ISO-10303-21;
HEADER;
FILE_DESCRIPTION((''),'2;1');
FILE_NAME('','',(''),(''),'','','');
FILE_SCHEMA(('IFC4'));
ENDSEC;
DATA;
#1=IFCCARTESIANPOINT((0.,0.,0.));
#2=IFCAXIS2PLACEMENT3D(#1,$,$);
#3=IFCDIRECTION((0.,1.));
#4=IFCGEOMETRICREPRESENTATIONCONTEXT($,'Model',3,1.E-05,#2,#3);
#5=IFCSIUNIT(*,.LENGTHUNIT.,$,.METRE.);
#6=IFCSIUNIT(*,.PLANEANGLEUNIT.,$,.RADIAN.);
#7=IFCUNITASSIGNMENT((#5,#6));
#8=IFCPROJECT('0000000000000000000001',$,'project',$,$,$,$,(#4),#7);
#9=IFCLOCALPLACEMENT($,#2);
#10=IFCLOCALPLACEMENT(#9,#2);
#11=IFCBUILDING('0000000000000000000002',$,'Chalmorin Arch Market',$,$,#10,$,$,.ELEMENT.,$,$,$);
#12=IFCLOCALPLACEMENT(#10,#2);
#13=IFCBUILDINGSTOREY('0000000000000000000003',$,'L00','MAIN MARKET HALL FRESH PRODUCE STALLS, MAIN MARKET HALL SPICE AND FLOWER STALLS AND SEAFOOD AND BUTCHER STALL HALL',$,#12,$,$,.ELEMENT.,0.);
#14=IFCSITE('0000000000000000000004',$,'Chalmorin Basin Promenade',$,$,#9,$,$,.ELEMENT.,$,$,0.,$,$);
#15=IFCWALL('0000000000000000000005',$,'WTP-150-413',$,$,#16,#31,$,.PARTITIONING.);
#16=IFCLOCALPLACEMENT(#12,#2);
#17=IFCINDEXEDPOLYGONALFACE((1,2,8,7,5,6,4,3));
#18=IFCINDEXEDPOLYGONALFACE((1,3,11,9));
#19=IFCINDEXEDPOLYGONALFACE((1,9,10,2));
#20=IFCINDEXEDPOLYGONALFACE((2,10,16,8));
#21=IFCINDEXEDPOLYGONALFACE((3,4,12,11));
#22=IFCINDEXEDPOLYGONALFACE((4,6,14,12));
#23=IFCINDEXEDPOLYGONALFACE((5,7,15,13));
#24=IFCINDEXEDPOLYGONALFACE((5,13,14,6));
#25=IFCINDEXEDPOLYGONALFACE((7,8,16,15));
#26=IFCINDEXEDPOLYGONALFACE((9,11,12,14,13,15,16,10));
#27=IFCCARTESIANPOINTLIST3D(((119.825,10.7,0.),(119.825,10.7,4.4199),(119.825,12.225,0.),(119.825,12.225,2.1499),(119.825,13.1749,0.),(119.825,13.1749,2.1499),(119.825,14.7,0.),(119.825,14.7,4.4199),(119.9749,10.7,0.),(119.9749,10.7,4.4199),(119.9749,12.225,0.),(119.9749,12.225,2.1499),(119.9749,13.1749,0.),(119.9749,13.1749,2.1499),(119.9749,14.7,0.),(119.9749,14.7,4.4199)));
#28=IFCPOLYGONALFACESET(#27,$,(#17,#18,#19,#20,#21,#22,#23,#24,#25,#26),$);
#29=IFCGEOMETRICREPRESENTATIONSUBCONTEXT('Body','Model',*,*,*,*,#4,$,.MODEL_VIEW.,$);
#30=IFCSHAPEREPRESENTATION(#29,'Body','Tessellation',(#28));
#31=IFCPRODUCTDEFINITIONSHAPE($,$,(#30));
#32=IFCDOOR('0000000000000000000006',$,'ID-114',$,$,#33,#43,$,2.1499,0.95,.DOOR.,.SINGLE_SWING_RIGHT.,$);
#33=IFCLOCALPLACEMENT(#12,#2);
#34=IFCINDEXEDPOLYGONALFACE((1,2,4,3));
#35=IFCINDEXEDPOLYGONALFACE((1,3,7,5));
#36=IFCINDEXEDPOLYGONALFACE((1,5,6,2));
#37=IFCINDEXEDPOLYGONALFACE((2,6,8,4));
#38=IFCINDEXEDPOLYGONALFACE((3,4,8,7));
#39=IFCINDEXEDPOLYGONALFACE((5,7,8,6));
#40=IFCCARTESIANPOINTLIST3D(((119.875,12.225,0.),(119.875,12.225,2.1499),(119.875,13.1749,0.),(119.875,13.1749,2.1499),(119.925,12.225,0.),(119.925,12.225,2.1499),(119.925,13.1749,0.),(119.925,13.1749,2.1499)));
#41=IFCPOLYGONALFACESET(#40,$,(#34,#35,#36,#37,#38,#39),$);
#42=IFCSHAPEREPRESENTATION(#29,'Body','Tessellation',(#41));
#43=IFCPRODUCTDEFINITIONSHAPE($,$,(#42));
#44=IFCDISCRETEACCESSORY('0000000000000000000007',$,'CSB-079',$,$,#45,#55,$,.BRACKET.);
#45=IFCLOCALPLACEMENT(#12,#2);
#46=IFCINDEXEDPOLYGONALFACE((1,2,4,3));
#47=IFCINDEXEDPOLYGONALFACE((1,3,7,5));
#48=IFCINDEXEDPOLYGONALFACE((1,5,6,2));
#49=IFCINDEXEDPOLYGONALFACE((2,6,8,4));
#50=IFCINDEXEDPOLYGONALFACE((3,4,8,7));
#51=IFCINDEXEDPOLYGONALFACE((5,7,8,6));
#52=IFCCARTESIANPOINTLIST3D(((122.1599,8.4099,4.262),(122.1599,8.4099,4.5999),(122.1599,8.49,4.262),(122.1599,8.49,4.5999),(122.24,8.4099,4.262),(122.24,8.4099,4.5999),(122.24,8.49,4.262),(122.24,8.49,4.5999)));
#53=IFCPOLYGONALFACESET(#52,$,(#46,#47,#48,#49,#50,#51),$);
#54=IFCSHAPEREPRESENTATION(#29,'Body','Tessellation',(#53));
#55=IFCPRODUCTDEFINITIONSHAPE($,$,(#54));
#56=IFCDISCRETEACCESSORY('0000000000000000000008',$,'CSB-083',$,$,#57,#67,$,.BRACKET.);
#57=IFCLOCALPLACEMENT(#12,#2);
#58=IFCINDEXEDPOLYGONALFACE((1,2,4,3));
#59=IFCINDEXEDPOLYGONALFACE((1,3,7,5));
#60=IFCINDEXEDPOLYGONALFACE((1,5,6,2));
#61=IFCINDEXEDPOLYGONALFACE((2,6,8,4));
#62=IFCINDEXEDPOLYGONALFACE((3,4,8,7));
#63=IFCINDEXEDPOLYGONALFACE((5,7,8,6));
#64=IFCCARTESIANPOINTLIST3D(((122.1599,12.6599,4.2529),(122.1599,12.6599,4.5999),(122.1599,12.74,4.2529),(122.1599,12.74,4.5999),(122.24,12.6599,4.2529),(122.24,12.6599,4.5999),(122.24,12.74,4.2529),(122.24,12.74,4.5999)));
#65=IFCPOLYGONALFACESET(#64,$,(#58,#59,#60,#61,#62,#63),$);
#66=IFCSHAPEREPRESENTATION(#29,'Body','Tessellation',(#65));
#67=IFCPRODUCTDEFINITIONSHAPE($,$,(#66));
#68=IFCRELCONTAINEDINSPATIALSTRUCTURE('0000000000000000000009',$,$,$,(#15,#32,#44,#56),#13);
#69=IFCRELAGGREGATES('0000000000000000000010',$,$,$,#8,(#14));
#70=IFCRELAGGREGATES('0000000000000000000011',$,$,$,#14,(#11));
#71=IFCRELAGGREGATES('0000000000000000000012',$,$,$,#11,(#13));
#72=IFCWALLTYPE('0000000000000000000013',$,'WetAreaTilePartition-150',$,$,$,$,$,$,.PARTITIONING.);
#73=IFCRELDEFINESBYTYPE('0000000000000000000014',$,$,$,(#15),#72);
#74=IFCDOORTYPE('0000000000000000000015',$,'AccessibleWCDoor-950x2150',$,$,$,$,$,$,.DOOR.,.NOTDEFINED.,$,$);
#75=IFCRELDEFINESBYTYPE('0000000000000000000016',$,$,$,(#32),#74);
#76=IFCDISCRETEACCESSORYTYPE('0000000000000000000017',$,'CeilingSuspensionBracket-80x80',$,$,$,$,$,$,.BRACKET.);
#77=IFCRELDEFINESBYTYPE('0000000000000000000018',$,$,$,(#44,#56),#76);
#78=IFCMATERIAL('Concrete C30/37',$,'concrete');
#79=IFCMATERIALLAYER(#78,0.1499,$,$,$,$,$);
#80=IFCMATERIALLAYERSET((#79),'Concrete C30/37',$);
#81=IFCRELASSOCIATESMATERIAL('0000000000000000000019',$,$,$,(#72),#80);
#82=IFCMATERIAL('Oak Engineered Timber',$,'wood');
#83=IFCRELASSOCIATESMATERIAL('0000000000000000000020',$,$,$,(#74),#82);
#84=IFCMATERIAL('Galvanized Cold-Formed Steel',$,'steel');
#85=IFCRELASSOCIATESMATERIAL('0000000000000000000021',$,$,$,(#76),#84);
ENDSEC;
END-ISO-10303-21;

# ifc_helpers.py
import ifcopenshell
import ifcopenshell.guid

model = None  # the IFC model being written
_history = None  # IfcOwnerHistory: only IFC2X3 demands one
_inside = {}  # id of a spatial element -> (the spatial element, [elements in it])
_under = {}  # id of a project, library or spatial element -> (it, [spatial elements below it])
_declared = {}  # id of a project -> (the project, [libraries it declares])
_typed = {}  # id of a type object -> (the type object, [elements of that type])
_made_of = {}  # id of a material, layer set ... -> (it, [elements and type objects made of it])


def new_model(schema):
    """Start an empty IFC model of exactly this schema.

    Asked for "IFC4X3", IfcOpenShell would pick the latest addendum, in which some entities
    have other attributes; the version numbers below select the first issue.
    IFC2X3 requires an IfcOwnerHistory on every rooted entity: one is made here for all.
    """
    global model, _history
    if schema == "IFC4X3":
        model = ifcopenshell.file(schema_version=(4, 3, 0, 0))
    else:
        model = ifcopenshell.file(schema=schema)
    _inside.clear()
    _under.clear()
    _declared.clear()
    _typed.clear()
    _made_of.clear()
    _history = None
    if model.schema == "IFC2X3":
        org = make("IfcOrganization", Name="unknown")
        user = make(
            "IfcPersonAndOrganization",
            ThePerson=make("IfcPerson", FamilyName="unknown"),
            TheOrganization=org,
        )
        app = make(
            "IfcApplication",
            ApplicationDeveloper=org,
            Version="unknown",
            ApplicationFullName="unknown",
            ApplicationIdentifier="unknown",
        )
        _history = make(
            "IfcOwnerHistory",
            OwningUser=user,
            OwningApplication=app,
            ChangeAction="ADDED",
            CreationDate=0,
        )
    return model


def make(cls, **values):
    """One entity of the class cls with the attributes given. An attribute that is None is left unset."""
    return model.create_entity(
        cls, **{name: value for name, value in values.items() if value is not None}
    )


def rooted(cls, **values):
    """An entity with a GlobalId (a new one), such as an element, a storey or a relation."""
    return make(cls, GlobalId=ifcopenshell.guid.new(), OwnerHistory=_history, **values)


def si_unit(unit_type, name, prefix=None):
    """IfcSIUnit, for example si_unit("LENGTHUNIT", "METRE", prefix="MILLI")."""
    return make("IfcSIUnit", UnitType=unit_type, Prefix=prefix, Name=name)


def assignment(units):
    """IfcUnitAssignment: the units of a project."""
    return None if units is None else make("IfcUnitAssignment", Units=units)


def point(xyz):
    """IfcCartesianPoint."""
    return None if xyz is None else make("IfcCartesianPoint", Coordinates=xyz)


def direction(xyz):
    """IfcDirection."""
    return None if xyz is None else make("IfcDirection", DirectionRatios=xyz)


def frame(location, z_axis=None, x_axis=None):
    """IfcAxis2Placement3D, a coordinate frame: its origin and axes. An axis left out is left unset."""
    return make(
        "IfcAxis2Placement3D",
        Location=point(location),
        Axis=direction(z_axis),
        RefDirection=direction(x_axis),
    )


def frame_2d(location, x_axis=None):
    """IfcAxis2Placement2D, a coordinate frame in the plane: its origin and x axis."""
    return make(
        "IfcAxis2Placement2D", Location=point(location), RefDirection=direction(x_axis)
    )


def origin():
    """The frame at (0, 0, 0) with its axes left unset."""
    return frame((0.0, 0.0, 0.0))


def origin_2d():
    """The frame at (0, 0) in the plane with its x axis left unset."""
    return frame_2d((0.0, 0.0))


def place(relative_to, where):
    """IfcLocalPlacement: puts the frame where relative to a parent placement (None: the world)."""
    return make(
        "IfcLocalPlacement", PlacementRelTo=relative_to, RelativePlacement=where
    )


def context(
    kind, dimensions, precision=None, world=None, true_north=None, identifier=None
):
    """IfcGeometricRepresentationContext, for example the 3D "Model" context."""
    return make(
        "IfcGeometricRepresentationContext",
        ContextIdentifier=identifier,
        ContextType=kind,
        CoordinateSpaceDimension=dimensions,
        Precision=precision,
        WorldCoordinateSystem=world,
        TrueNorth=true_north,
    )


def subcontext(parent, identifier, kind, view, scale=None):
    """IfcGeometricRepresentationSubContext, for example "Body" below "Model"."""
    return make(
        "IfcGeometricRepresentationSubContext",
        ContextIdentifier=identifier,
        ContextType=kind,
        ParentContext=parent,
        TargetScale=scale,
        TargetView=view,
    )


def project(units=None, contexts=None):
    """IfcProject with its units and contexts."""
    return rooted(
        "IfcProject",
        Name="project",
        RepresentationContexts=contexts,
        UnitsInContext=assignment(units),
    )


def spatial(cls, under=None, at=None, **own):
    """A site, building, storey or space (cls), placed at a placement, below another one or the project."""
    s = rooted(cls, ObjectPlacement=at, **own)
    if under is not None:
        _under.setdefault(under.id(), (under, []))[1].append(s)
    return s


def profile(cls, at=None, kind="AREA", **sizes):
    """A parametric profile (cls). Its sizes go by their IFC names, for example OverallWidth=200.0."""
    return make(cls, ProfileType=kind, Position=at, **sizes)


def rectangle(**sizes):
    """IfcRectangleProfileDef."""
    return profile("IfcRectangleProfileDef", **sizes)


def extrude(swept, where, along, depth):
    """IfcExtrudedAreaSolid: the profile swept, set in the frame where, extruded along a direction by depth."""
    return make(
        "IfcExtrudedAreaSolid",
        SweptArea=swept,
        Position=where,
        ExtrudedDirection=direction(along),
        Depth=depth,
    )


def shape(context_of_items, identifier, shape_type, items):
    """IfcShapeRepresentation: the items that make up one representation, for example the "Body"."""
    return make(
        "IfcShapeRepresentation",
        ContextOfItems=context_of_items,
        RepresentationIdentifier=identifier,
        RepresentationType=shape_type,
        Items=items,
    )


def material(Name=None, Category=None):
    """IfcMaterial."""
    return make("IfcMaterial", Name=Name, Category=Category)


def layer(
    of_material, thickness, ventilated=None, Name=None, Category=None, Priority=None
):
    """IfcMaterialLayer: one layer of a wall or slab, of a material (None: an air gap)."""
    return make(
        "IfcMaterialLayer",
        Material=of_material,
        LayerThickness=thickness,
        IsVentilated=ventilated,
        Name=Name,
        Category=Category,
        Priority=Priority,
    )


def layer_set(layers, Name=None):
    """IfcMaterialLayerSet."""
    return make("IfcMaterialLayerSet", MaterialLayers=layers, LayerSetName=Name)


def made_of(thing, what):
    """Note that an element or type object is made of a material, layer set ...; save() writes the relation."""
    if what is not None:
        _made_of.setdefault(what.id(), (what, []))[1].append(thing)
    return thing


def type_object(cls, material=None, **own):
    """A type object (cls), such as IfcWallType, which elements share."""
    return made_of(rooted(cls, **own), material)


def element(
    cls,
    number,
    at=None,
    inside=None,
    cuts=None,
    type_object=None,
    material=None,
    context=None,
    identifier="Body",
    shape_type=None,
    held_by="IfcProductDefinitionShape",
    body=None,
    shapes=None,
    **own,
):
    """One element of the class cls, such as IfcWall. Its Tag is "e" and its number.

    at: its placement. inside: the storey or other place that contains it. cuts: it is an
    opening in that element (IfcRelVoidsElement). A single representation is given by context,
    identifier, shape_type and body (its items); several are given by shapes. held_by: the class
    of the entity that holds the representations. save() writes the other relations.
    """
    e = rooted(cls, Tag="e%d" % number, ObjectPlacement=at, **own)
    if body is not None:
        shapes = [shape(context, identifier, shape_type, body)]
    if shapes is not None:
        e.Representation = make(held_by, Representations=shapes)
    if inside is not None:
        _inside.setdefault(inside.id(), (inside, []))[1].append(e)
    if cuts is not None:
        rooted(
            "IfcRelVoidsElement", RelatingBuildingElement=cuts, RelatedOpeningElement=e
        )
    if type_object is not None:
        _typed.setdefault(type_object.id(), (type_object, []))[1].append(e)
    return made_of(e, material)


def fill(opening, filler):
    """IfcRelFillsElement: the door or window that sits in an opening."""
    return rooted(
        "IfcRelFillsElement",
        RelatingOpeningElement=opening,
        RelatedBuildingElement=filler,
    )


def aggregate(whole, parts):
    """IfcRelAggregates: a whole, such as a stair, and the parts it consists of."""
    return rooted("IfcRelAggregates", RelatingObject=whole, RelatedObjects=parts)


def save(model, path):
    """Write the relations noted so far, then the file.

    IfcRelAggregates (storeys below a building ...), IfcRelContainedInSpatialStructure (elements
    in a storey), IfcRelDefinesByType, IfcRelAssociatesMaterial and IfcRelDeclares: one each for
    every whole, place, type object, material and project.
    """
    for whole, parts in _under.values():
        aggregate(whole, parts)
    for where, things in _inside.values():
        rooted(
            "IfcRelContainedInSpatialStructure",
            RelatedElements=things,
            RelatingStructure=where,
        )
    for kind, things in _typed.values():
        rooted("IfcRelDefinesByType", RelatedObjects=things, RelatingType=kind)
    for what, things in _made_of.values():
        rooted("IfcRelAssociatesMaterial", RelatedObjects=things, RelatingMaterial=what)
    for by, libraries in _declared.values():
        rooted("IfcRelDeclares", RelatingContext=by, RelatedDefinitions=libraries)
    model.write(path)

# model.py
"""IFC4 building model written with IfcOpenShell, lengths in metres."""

from ifc_helpers import new_model, si_unit, direction, frame, frame_2d, origin, origin_2d, place, context, subcontext, project, spatial, rectangle, extrude, material, layer, layer_set, type_object, element, fill, save


model = new_model("IFC4")

# Units and contexts
model_context = context("Model", 3, precision=1e-05, world=origin(), true_north=direction((0.0, 1.0)))
body_context = subcontext(model_context, "Body", "Model", "MODEL_VIEW")
ifc_project = project(units=[si_unit("LENGTHUNIT", "METRE"), si_unit("PLANEANGLEUNIT", "RADIAN")], contexts=[model_context])

# Site, building, storey
site_placement = place(None, origin())
site = spatial("IfcSite", under=ifc_project, at=site_placement, Name="Chalmorin Basin Promenade", CompositionType="ELEMENT", RefElevation=0.0)
building_placement = place(site_placement, origin())
building = spatial("IfcBuilding", under=site, at=building_placement, Name="Chalmorin Arch Market", CompositionType="ELEMENT")
storey_placement = place(building_placement, origin())
storey = spatial("IfcBuildingStorey", under=building, at=storey_placement, Name="L00", Description="MAIN MARKET HALL FRESH PRODUCE STALLS, MAIN MARKET HALL SPICE AND FLOWER STALLS AND SEAFOOD AND BUTCHER STALL HALL", CompositionType="ELEMENT", Elevation=0.0)

# Wall, opening, door
ifc_material_1 = material(Name="Concrete C30/37", Category="concrete")
ifc_layer_1 = layer(ifc_material_1, 0.1499)
ifc_layer_set_1 = layer_set([ifc_layer_1], Name="Concrete C30/37")
wall_type_1 = type_object("IfcWallType", Name="WetAreaTilePartition-150", PredefinedType="PARTITIONING", material=ifc_layer_set_1)
ifc_material_2 = material(Name="Oak Engineered Timber", Category="wood")
wall_1_placement = place(storey_placement, frame((119.8999, 10.7, 0.0), z_axis=(0.0, 0.0, 1.0), x_axis=(0.0, 1.0, 0.0)))
wall_1 = element("IfcWall", 1, at=wall_1_placement, inside=storey, type_object=wall_type_1, Name="WTP-150-413", PredefinedType="PARTITIONING", context=body_context, shape_type="SweptSolid", body=[
    extrude(rectangle(XDim=4.0, YDim=0.1499, at=frame_2d((2.0, 0.0))), origin(), (0.0, 0.0, 1.0), 4.4199),
])
opening_1_placement = place(wall_1_placement, frame((1.5249, 0.0, 0.0)))
opening_1 = element("IfcOpeningElement", 2, at=opening_1_placement, cuts=wall_1, PredefinedType="OPENING", context=body_context, shape_type="SweptSolid", body=[
    extrude(rectangle(XDim=0.95, YDim=2.1499, at=frame_2d((0.4751, 1.075))), frame((0.0, 0.085, 0.0), z_axis=(0.0, -1.0, 0.0), x_axis=(1.0, 0.0, 0.0)), (0.0, 0.0, 1.0), 0.1699),
])
door_type_1 = type_object("IfcDoorType", Name="AccessibleWCDoor-950x2150", OperationType="NOTDEFINED", PredefinedType="DOOR", material=ifc_material_2)
door_1_placement = place(opening_1_placement, origin())
door_1 = element("IfcDoor", 3, at=door_1_placement, inside=storey, type_object=door_type_1, Name="ID-114", OperationType="SINGLE_SWING_RIGHT", OverallHeight=2.1499, OverallWidth=0.95, PredefinedType="DOOR", context=body_context, shape_type="SweptSolid", body=[
    extrude(rectangle(XDim=0.95, YDim=2.1499, at=frame_2d((0.4751, 1.075))), frame((0.0, 0.0249, 0.0), z_axis=(0.0, -1.0, 0.0), x_axis=(1.0, 0.0, 0.0)), (0.0, 0.0, 1.0), 0.05),
])
fill(opening_1, door_1)

# Discrete accessories
ifc_material_3 = material(Name="Galvanized Cold-Formed Steel", Category="steel")
discrete_accessory_type = type_object("IfcDiscreteAccessoryType", Name="CeilingSuspensionBracket-80x80", PredefinedType="BRACKET", material=ifc_material_3)
discrete_accessory_1_placement = place(storey_placement, frame((122.2, 8.45, 4.262), z_axis=(0.0, 0.0, 1.0), x_axis=(1.0, 0.0, 0.0)))
element("IfcDiscreteAccessory", 4, at=discrete_accessory_1_placement, inside=storey, type_object=discrete_accessory_type, Name="CSB-079", PredefinedType="BRACKET", context=body_context, shape_type="SweptSolid", body=[
    extrude(rectangle(XDim=0.0801, YDim=0.0801, at=origin_2d()), origin(), (0.0, 0.0, 1.0), 0.3379),
])
discrete_accessory_2_placement = place(storey_placement, frame((122.2, 12.7, 4.2529), z_axis=(0.0, 0.0, 1.0), x_axis=(1.0, 0.0, 0.0)))
element("IfcDiscreteAccessory", 5, at=discrete_accessory_2_placement, inside=storey, type_object=discrete_accessory_type, Name="CSB-083", PredefinedType="BRACKET", context=body_context, shape_type="SweptSolid", body=[
    extrude(rectangle(XDim=0.0801, YDim=0.0801, at=origin_2d()), origin(), (0.0, 0.0, 1.0), 0.3469),
])

save(model, "model.ifc")
